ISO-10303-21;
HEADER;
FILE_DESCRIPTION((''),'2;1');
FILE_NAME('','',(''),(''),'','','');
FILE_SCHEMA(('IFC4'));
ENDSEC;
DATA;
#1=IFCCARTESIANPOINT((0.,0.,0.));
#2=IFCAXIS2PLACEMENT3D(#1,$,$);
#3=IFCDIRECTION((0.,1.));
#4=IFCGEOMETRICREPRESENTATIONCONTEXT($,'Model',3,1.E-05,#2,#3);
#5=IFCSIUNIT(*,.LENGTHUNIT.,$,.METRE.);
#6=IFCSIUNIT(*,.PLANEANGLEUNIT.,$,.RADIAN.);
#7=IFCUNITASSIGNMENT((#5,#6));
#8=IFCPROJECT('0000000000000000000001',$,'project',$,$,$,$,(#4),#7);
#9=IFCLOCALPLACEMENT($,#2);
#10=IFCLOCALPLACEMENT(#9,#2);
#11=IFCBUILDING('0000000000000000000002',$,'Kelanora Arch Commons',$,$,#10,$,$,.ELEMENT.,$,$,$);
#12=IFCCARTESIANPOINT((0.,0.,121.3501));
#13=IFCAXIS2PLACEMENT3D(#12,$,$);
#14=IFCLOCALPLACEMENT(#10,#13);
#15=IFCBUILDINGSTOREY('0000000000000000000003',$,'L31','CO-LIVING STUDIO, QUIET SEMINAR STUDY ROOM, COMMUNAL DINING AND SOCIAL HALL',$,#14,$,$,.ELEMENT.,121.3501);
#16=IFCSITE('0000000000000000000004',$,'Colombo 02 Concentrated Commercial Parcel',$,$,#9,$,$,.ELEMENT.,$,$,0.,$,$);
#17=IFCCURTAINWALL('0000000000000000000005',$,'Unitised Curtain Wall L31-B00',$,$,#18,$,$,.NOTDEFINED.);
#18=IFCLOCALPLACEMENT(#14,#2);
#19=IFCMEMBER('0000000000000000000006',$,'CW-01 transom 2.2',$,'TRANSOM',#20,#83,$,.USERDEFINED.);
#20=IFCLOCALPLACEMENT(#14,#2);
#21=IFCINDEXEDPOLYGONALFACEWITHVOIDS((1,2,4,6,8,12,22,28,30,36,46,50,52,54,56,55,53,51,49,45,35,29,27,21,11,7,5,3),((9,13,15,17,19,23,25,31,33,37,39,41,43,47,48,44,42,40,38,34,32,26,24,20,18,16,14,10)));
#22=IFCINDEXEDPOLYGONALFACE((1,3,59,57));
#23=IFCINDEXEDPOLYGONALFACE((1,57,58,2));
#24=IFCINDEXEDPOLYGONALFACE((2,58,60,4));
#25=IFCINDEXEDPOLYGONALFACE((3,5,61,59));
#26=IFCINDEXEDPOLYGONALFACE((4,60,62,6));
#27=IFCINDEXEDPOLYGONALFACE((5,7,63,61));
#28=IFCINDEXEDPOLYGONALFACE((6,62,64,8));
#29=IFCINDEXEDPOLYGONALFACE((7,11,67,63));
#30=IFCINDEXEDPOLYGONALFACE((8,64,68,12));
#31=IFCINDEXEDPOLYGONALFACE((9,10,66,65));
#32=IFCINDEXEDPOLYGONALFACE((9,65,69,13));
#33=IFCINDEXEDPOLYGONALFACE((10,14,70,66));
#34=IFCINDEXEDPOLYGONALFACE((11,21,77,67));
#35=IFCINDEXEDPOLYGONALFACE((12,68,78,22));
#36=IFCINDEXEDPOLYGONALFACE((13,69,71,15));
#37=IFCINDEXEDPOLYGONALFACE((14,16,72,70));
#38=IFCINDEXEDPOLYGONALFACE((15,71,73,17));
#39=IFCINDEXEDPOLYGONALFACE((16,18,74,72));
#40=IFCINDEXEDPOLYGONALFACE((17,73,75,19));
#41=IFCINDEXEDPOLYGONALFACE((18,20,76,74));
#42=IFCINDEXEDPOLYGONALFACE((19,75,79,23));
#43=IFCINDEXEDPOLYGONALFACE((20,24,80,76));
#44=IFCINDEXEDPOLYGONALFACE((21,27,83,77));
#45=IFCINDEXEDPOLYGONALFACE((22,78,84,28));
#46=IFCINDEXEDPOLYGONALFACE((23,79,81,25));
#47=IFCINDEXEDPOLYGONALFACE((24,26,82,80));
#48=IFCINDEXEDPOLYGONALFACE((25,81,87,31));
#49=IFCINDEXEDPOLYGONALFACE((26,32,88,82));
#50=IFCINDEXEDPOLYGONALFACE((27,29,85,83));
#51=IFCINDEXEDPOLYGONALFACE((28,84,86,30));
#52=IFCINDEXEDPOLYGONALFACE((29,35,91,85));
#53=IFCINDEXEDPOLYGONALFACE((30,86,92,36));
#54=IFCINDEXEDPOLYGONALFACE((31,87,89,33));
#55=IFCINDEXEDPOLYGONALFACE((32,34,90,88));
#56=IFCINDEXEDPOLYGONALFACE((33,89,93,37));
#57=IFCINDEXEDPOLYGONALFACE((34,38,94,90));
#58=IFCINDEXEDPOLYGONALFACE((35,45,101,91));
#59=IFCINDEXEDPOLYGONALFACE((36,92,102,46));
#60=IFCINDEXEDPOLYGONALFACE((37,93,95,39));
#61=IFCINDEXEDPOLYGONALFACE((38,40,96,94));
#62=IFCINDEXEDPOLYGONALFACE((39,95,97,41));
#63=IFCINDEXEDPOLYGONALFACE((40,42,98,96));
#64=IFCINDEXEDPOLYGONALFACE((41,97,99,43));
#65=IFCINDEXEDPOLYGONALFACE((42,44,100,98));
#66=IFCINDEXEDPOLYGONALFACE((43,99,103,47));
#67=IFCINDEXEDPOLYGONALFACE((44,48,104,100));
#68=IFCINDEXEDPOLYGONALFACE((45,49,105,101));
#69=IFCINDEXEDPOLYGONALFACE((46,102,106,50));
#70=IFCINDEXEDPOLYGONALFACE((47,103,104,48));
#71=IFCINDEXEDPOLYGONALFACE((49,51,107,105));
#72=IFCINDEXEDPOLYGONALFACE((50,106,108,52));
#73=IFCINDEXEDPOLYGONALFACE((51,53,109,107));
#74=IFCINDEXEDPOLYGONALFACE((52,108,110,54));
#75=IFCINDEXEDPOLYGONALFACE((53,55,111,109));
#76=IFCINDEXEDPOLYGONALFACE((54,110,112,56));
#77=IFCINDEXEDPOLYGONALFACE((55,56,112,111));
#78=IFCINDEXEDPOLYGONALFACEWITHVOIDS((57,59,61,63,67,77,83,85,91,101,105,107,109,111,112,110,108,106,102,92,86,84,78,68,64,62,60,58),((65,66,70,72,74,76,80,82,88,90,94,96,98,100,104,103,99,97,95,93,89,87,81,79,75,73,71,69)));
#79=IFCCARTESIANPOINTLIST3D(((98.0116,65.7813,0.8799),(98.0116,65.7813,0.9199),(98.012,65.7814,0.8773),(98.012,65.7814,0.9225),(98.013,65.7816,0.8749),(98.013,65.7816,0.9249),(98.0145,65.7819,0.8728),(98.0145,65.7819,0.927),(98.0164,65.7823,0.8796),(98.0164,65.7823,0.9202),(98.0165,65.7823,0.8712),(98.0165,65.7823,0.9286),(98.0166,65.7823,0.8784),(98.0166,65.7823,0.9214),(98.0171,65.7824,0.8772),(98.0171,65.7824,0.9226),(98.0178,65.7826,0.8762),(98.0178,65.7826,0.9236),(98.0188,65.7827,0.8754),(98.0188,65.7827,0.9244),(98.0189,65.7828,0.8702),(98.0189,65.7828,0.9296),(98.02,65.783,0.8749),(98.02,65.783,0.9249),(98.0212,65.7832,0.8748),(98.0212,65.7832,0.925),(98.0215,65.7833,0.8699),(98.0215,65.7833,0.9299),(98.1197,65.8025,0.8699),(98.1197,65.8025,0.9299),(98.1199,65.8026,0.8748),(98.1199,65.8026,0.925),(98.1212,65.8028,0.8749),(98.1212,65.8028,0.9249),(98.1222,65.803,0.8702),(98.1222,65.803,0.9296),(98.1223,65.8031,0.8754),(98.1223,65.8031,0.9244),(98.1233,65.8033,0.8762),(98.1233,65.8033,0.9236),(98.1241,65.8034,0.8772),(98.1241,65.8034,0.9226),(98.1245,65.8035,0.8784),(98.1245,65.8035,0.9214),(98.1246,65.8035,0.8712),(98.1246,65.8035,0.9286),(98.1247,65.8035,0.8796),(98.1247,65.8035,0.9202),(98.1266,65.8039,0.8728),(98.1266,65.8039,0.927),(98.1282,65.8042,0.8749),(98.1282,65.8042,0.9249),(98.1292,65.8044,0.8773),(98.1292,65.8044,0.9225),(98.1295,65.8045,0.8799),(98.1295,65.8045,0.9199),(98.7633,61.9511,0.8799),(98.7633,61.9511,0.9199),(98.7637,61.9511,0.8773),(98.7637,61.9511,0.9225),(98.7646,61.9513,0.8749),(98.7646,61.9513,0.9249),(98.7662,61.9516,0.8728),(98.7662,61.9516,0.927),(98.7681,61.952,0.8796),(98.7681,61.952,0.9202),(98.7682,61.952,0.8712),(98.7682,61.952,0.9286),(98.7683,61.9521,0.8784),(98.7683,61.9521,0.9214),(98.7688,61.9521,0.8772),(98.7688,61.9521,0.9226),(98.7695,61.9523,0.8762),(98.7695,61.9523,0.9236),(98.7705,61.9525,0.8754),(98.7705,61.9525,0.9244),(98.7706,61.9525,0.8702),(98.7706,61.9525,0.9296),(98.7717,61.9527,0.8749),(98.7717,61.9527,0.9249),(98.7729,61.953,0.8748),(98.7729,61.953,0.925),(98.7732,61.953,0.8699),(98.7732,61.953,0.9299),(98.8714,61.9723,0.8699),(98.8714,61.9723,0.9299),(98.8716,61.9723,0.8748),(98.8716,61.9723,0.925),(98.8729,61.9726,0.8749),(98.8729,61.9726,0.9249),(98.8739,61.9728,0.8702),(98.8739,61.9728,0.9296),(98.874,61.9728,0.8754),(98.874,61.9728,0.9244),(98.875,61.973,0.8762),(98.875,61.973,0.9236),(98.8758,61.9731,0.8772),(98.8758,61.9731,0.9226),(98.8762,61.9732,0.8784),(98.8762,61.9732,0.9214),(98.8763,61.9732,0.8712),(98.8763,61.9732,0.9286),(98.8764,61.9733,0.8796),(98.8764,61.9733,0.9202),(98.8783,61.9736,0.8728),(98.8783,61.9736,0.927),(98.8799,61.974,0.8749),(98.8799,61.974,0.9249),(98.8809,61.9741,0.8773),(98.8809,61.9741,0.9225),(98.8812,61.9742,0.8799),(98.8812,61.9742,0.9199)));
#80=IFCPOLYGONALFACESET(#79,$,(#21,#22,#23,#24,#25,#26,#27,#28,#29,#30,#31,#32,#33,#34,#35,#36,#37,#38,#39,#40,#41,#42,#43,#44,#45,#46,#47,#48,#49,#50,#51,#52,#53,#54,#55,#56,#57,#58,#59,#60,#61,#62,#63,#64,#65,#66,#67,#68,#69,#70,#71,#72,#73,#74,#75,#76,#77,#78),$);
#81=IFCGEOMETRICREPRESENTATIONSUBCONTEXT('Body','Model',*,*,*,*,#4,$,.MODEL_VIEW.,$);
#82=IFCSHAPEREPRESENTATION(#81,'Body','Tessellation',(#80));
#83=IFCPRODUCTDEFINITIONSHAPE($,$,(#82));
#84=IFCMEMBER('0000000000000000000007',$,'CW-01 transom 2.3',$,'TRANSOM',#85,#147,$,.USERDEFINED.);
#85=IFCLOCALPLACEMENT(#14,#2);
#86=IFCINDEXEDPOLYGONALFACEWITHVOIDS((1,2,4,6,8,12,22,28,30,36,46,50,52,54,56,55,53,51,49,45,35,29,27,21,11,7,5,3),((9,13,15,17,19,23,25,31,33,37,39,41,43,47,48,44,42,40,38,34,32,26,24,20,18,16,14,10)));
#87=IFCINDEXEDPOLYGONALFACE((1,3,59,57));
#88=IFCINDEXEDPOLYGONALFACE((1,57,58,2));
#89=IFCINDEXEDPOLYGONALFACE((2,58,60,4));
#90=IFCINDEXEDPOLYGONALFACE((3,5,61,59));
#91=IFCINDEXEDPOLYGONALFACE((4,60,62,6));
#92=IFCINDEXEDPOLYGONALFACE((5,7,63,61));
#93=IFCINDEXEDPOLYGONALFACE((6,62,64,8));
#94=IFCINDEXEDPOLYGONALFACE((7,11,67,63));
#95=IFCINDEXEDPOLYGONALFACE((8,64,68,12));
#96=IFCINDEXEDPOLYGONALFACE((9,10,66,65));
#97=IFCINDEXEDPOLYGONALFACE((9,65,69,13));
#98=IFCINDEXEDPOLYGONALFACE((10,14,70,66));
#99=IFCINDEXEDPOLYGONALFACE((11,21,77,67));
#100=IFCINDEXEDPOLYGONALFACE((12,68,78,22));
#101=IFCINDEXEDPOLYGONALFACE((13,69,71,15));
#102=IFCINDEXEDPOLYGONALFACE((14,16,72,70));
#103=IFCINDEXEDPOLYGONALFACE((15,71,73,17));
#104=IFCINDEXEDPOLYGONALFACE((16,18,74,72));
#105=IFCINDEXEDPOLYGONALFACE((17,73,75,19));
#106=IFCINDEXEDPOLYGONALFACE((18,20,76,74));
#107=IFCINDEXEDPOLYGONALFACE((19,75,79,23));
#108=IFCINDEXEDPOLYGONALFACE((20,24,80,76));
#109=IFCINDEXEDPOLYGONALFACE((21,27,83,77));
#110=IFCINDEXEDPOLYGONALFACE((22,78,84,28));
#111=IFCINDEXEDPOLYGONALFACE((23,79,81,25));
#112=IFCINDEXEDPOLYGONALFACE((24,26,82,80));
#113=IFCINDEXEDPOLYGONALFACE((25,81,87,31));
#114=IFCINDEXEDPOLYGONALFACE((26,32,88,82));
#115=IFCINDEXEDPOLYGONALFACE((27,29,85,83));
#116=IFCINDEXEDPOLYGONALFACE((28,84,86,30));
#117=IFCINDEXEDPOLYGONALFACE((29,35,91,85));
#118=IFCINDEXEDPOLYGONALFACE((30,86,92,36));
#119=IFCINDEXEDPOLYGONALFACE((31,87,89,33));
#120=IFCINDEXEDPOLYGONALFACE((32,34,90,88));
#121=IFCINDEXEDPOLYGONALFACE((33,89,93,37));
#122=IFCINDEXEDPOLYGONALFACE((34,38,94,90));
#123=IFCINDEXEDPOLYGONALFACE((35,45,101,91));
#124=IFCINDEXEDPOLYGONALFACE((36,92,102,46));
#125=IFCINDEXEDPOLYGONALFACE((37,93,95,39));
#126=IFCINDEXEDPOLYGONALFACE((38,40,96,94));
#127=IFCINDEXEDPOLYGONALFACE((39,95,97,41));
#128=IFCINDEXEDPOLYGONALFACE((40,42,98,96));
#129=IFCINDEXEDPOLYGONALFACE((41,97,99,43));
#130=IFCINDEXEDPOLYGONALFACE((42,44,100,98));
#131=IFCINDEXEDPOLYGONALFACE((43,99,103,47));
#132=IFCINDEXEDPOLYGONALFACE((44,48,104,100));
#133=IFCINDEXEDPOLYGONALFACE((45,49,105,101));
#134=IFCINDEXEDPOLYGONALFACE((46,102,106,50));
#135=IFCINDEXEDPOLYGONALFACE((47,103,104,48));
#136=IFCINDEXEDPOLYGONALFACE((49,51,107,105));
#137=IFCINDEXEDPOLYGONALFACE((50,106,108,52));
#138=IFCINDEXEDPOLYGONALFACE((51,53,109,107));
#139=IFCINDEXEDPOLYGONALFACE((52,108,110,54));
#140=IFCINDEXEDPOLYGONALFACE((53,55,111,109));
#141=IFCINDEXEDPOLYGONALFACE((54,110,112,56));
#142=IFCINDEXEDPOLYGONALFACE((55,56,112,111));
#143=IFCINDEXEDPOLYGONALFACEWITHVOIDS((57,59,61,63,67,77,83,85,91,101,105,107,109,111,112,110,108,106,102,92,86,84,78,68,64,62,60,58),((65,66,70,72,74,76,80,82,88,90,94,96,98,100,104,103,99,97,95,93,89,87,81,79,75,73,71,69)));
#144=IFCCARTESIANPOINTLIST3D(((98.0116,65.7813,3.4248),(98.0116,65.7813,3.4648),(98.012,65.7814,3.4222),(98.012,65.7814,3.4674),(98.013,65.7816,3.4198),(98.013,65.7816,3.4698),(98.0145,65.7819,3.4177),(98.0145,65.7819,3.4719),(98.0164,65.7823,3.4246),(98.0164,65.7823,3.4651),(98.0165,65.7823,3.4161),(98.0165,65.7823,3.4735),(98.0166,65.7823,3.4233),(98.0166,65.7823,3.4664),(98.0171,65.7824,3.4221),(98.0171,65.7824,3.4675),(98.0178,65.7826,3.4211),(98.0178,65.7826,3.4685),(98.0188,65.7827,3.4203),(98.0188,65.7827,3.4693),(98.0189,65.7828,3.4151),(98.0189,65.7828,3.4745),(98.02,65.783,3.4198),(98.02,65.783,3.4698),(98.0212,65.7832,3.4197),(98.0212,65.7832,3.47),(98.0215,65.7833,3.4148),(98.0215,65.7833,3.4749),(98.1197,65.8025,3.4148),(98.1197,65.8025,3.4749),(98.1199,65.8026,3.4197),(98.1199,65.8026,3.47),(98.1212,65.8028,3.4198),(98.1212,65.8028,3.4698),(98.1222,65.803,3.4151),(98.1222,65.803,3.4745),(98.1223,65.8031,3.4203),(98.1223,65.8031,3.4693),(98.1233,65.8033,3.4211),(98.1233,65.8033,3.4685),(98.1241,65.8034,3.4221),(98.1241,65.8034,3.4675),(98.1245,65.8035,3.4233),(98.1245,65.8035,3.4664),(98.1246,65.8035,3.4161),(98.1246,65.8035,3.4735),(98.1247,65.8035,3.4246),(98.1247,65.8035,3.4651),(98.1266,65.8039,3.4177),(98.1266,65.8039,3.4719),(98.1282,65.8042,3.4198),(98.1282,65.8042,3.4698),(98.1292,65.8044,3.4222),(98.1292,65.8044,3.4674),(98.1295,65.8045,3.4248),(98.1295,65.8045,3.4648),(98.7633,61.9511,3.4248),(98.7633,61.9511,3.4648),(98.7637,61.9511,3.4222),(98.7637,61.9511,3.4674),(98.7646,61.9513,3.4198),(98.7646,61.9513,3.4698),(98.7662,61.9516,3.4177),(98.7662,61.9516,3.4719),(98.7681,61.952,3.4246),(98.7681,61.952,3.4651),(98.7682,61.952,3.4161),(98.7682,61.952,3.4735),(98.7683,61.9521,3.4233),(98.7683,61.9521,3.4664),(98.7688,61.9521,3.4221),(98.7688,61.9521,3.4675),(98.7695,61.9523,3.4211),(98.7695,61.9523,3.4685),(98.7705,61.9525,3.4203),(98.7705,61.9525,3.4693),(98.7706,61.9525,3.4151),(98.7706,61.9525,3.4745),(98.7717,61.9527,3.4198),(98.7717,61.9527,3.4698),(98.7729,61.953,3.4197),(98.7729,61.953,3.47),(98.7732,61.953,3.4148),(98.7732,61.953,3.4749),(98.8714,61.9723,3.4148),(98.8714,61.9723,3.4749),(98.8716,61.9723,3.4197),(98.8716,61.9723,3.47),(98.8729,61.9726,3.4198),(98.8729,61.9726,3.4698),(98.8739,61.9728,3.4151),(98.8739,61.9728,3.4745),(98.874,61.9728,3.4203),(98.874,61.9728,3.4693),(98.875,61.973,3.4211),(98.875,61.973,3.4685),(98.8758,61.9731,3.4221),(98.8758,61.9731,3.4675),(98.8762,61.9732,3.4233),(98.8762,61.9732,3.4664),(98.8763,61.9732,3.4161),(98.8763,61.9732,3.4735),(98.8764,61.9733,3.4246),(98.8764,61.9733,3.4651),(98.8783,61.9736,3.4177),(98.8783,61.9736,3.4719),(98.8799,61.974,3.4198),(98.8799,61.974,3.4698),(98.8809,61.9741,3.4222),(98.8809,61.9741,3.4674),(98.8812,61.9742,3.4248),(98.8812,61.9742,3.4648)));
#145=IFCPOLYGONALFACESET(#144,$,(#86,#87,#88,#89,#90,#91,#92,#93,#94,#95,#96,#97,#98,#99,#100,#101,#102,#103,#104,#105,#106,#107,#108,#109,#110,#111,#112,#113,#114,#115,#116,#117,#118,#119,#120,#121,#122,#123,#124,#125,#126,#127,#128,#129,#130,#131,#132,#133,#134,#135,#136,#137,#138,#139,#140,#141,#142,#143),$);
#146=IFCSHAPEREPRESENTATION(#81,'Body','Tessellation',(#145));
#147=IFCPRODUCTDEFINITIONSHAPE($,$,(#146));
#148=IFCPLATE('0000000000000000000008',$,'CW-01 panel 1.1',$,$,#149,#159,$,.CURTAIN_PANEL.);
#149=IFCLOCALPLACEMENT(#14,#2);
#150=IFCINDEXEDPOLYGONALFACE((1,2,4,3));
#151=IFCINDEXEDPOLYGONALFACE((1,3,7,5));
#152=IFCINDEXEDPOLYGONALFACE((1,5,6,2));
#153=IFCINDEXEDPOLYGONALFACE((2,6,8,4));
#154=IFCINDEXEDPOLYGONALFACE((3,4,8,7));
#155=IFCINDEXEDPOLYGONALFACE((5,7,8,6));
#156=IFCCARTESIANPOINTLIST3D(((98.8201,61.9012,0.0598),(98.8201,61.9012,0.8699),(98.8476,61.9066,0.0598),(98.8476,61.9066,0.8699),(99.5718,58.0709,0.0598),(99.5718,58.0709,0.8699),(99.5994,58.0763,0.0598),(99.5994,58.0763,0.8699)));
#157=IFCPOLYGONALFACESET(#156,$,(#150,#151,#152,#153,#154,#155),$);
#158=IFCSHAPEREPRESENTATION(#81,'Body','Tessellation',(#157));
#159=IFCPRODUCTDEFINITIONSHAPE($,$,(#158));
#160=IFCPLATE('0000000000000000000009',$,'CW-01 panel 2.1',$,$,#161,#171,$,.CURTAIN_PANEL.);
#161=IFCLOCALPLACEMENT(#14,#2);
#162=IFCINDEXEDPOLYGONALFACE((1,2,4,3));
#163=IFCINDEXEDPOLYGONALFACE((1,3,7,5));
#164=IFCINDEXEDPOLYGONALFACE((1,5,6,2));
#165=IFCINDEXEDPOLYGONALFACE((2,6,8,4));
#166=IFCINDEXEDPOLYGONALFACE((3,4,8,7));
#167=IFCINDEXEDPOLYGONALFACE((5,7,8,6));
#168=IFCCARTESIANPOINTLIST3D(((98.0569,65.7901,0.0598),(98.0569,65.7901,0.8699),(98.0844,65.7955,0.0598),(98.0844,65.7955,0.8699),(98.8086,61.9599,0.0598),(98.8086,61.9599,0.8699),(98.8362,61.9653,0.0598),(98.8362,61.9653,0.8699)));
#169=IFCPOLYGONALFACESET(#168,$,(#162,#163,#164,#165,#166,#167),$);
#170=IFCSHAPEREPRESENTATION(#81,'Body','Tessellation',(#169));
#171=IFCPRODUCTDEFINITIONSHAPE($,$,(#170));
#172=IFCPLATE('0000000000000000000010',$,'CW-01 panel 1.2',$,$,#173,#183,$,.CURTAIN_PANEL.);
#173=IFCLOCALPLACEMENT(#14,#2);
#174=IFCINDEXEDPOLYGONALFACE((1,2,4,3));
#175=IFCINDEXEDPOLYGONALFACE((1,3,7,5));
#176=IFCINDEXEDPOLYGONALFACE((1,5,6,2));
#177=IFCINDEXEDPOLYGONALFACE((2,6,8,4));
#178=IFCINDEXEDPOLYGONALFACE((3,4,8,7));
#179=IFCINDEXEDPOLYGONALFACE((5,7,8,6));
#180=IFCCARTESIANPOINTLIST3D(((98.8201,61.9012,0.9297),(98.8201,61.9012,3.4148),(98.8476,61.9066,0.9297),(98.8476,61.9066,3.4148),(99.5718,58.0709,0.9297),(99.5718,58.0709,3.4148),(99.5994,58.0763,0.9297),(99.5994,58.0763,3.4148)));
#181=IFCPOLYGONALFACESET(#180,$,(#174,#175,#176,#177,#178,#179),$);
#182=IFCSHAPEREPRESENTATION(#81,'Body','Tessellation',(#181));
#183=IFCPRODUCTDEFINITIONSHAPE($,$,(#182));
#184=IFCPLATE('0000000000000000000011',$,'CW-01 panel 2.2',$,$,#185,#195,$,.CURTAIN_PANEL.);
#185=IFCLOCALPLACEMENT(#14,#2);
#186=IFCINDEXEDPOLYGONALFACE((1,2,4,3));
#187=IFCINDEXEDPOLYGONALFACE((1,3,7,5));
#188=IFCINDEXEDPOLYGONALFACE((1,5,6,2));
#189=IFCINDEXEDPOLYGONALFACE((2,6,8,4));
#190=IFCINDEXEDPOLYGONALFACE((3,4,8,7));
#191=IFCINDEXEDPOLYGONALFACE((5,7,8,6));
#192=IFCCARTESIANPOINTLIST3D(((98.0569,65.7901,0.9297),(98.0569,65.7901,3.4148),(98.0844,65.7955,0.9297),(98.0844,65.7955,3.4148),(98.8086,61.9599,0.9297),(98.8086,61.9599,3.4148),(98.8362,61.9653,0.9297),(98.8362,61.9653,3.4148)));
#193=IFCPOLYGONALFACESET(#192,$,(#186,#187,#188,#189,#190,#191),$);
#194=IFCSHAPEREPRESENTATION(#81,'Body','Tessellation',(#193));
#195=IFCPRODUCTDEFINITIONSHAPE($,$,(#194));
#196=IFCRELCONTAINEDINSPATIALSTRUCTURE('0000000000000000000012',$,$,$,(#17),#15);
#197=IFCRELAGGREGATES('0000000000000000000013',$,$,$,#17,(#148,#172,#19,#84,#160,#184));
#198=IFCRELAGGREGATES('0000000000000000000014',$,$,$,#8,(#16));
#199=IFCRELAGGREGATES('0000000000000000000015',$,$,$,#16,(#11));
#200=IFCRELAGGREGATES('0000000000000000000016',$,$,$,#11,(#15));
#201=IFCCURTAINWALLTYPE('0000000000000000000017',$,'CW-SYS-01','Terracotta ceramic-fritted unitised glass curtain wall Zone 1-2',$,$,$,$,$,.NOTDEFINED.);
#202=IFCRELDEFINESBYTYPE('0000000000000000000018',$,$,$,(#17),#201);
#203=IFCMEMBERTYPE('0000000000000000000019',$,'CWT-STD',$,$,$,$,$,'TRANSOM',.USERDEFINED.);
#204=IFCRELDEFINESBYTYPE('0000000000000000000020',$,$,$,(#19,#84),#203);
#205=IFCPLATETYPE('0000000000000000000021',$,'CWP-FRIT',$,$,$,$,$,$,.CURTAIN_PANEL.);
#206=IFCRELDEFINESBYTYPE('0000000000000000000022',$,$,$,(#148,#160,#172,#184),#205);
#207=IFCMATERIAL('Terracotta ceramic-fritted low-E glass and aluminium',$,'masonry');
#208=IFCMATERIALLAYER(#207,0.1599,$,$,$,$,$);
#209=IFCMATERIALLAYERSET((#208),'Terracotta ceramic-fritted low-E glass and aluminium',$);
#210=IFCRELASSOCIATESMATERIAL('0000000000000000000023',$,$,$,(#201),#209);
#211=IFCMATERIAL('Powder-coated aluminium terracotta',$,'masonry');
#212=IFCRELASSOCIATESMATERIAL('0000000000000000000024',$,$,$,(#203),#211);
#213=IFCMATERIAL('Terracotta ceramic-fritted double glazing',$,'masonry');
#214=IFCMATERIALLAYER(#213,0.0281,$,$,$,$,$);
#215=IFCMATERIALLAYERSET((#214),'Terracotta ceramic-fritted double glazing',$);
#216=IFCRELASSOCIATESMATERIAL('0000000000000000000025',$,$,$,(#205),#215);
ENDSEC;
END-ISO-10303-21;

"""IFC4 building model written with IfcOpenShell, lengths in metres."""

from ifc_helpers import new_model, si_unit, direction, frame, origin, origin_2d, place, context, subcontext, project, spatial, rectangle, hollow_rectangle, extrude, source, transform, mapped, material, layer, layer_set, material_profile, profile_set, type_object, element, aggregate, save


model = new_model("IFC4")

# Units and contexts
model_context = context("Model", 3, precision=1e-05, world=origin(), true_north=direction((0.0, 1.0)))
body_context = subcontext(model_context, "Body", "Model", "MODEL_VIEW")
ifc_project = project(units=[si_unit("LENGTHUNIT", "METRE"), si_unit("PLANEANGLEUNIT", "RADIAN")], contexts=[model_context])

# Site, building, storey
site_placement = place(None, origin())
site = spatial("IfcSite", under=ifc_project, at=site_placement, Name="Colombo 02 Concentrated Commercial Parcel", CompositionType="ELEMENT", RefElevation=0.0)
building_placement = place(site_placement, origin())
building = spatial("IfcBuilding", under=site, at=building_placement, Name="Kelanora Arch Commons", CompositionType="ELEMENT")
storey_placement = place(building_placement, frame((0.0, 0.0, 121.3501)))
storey = spatial("IfcBuildingStorey", under=building, at=storey_placement, Name="L31", Description="CO-LIVING STUDIO, QUIET SEMINAR STUDY ROOM, COMMUNAL DINING AND SOCIAL HALL", CompositionType="ELEMENT", Elevation=121.3501)

# Curtain wall, members, plates
ifc_material_1 = material(Name="Terracotta ceramic-fritted low-E glass and aluminium", Category="masonry")
ifc_layer_1 = layer(ifc_material_1, 0.1599)
ifc_layer_set_1 = layer_set([ifc_layer_1], Name="Terracotta ceramic-fritted low-E glass and aluminium")
curtain_wall_type = type_object("IfcCurtainWallType", Name="CW-SYS-01", Description="Terracotta ceramic-fritted unitised glass curtain wall Zone 1-2", PredefinedType="NOTDEFINED", material=ifc_layer_set_1)
curtain_wall_placement = place(storey_placement, origin())
curtain_wall = element("IfcCurtainWall", 1, at=curtain_wall_placement, inside=storey, type_object=curtain_wall_type, Name="Unitised Curtain Wall L31-B00", PredefinedType="NOTDEFINED")
ifc_material_2 = material(Name="Powder-coated aluminium terracotta", Category="masonry")
ifc_material_profile_1 = material_profile(ifc_material_2, hollow_rectangle(XDim=0.1201, YDim=0.0601, WallThickness=0.0049, InnerFilletRadius=0.0049, OuterFilletRadius=0.01, at=origin_2d()), Name="CWT120x60")
ifc_profile_set_1 = profile_set([ifc_material_profile_1], Name="Powder-coated aluminium terracotta")
member_type_1 = type_object("IfcMemberType", Name="CWT-STD", ElementType="TRANSOM", PredefinedType="USERDEFINED", material=ifc_profile_set_1)
member_1_placement = place(storey_placement, frame((98.8223, 61.9626, 0.8999), z_axis=(-0.192579, 0.981282, 0.0), x_axis=(-0.981282, -0.192579, 0.0)))
member_1 = element("IfcMember", 2, at=member_1_placement, type_object=member_type_1, Name="CW-01 transom 2.2", ObjectType="TRANSOM", PredefinedType="USERDEFINED", context=body_context, shape_type="SweptSolid", body=[
    extrude(hollow_rectangle(XDim=0.1201, YDim=0.0601, WallThickness=0.0049, InnerFilletRadius=0.0049, OuterFilletRadius=0.01, at=origin_2d()), origin(), (0.0, 0.0, 1.0), 3.9033),
])
member_2_placement = place(storey_placement, frame((98.8223, 61.9626, 3.4448), z_axis=(-0.192579, 0.981282, 0.0), x_axis=(-0.981282, -0.192579, 0.0)))
member_2 = element("IfcMember", 3, at=member_2_placement, type_object=member_type_1, Name="CW-01 transom 2.3", ObjectType="TRANSOM", PredefinedType="USERDEFINED", context=body_context, shape_type="SweptSolid", body=[
    extrude(hollow_rectangle(XDim=0.1201, YDim=0.0601, WallThickness=0.0049, InnerFilletRadius=0.0049, OuterFilletRadius=0.01, at=origin_2d()), origin(), (0.0, 0.0, 1.0), 3.9033),
])
ifc_material_3 = material(Name="Terracotta ceramic-fritted double glazing", Category="masonry")
ifc_layer_2 = layer(ifc_material_3, 0.0281)
ifc_layer_set_2 = layer_set([ifc_layer_2], Name="Terracotta ceramic-fritted double glazing")
plate_type = type_object("IfcPlateType", Name="CWP-FRIT", PredefinedType="CURTAIN_PANEL", material=ifc_layer_set_2)
shared_shape_1 = source(origin(), body_context, "Body", "SweptSolid", [
    extrude(rectangle(XDim=3.9033, YDim=0.0281, at=origin_2d()), origin(), (0.0, 0.0, 1.0), 0.8101),
])
plate_1_placement = place(storey_placement, frame((99.2097, 59.9888, 0.0598), z_axis=(0.0, 0.0, 1.0), x_axis=(-0.192585, 0.98128, 0.0)))
plate_1 = element("IfcPlate", 4, at=plate_1_placement, type_object=plate_type, Name="CW-01 panel 1.1", PredefinedType="CURTAIN_PANEL", context=body_context, shape_type="MappedRepresentation", body=[
    mapped(shared_shape_1, transform((0.0, 0.0, 0.0), scale=1.0)),
])
plate_2_placement = place(storey_placement, frame((98.4465, 63.8777, 0.0598), z_axis=(0.0, 0.0, 1.0), x_axis=(-0.192585, 0.98128, 0.0)))
plate_2 = element("IfcPlate", 5, at=plate_2_placement, type_object=plate_type, Name="CW-01 panel 2.1", PredefinedType="CURTAIN_PANEL", context=body_context, shape_type="MappedRepresentation", body=[
    mapped(shared_shape_1, transform((0.0, 0.0, 0.0), scale=1.0)),
])
shared_shape_2 = source(origin(), body_context, "Body", "SweptSolid", [
    extrude(rectangle(XDim=3.9033, YDim=0.0281, at=origin_2d()), origin(), (0.0, 0.0, 1.0), 2.4851),
])
plate_3_placement = place(storey_placement, frame((99.2097, 59.9888, 0.9297), z_axis=(0.0, 0.0, 1.0), x_axis=(-0.192585, 0.98128, 0.0)))
plate_3 = element("IfcPlate", 6, at=plate_3_placement, type_object=plate_type, Name="CW-01 panel 1.2", PredefinedType="CURTAIN_PANEL", context=body_context, shape_type="MappedRepresentation", body=[
    mapped(shared_shape_2, transform((0.0, 0.0, 0.0), scale=1.0)),
])
plate_4_placement = place(storey_placement, frame((98.4465, 63.8777, 0.9297), z_axis=(0.0, 0.0, 1.0), x_axis=(-0.192585, 0.98128, 0.0)))
plate_4 = element("IfcPlate", 7, at=plate_4_placement, type_object=plate_type, Name="CW-01 panel 2.2", PredefinedType="CURTAIN_PANEL", context=body_context, shape_type="MappedRepresentation", body=[
    mapped(shared_shape_2, transform((0.0, 0.0, 0.0), scale=1.0)),
])
aggregate(curtain_wall, [plate_1, plate_3, member_1, member_2, plate_2, plate_4])

save(model, "model.ifc")
